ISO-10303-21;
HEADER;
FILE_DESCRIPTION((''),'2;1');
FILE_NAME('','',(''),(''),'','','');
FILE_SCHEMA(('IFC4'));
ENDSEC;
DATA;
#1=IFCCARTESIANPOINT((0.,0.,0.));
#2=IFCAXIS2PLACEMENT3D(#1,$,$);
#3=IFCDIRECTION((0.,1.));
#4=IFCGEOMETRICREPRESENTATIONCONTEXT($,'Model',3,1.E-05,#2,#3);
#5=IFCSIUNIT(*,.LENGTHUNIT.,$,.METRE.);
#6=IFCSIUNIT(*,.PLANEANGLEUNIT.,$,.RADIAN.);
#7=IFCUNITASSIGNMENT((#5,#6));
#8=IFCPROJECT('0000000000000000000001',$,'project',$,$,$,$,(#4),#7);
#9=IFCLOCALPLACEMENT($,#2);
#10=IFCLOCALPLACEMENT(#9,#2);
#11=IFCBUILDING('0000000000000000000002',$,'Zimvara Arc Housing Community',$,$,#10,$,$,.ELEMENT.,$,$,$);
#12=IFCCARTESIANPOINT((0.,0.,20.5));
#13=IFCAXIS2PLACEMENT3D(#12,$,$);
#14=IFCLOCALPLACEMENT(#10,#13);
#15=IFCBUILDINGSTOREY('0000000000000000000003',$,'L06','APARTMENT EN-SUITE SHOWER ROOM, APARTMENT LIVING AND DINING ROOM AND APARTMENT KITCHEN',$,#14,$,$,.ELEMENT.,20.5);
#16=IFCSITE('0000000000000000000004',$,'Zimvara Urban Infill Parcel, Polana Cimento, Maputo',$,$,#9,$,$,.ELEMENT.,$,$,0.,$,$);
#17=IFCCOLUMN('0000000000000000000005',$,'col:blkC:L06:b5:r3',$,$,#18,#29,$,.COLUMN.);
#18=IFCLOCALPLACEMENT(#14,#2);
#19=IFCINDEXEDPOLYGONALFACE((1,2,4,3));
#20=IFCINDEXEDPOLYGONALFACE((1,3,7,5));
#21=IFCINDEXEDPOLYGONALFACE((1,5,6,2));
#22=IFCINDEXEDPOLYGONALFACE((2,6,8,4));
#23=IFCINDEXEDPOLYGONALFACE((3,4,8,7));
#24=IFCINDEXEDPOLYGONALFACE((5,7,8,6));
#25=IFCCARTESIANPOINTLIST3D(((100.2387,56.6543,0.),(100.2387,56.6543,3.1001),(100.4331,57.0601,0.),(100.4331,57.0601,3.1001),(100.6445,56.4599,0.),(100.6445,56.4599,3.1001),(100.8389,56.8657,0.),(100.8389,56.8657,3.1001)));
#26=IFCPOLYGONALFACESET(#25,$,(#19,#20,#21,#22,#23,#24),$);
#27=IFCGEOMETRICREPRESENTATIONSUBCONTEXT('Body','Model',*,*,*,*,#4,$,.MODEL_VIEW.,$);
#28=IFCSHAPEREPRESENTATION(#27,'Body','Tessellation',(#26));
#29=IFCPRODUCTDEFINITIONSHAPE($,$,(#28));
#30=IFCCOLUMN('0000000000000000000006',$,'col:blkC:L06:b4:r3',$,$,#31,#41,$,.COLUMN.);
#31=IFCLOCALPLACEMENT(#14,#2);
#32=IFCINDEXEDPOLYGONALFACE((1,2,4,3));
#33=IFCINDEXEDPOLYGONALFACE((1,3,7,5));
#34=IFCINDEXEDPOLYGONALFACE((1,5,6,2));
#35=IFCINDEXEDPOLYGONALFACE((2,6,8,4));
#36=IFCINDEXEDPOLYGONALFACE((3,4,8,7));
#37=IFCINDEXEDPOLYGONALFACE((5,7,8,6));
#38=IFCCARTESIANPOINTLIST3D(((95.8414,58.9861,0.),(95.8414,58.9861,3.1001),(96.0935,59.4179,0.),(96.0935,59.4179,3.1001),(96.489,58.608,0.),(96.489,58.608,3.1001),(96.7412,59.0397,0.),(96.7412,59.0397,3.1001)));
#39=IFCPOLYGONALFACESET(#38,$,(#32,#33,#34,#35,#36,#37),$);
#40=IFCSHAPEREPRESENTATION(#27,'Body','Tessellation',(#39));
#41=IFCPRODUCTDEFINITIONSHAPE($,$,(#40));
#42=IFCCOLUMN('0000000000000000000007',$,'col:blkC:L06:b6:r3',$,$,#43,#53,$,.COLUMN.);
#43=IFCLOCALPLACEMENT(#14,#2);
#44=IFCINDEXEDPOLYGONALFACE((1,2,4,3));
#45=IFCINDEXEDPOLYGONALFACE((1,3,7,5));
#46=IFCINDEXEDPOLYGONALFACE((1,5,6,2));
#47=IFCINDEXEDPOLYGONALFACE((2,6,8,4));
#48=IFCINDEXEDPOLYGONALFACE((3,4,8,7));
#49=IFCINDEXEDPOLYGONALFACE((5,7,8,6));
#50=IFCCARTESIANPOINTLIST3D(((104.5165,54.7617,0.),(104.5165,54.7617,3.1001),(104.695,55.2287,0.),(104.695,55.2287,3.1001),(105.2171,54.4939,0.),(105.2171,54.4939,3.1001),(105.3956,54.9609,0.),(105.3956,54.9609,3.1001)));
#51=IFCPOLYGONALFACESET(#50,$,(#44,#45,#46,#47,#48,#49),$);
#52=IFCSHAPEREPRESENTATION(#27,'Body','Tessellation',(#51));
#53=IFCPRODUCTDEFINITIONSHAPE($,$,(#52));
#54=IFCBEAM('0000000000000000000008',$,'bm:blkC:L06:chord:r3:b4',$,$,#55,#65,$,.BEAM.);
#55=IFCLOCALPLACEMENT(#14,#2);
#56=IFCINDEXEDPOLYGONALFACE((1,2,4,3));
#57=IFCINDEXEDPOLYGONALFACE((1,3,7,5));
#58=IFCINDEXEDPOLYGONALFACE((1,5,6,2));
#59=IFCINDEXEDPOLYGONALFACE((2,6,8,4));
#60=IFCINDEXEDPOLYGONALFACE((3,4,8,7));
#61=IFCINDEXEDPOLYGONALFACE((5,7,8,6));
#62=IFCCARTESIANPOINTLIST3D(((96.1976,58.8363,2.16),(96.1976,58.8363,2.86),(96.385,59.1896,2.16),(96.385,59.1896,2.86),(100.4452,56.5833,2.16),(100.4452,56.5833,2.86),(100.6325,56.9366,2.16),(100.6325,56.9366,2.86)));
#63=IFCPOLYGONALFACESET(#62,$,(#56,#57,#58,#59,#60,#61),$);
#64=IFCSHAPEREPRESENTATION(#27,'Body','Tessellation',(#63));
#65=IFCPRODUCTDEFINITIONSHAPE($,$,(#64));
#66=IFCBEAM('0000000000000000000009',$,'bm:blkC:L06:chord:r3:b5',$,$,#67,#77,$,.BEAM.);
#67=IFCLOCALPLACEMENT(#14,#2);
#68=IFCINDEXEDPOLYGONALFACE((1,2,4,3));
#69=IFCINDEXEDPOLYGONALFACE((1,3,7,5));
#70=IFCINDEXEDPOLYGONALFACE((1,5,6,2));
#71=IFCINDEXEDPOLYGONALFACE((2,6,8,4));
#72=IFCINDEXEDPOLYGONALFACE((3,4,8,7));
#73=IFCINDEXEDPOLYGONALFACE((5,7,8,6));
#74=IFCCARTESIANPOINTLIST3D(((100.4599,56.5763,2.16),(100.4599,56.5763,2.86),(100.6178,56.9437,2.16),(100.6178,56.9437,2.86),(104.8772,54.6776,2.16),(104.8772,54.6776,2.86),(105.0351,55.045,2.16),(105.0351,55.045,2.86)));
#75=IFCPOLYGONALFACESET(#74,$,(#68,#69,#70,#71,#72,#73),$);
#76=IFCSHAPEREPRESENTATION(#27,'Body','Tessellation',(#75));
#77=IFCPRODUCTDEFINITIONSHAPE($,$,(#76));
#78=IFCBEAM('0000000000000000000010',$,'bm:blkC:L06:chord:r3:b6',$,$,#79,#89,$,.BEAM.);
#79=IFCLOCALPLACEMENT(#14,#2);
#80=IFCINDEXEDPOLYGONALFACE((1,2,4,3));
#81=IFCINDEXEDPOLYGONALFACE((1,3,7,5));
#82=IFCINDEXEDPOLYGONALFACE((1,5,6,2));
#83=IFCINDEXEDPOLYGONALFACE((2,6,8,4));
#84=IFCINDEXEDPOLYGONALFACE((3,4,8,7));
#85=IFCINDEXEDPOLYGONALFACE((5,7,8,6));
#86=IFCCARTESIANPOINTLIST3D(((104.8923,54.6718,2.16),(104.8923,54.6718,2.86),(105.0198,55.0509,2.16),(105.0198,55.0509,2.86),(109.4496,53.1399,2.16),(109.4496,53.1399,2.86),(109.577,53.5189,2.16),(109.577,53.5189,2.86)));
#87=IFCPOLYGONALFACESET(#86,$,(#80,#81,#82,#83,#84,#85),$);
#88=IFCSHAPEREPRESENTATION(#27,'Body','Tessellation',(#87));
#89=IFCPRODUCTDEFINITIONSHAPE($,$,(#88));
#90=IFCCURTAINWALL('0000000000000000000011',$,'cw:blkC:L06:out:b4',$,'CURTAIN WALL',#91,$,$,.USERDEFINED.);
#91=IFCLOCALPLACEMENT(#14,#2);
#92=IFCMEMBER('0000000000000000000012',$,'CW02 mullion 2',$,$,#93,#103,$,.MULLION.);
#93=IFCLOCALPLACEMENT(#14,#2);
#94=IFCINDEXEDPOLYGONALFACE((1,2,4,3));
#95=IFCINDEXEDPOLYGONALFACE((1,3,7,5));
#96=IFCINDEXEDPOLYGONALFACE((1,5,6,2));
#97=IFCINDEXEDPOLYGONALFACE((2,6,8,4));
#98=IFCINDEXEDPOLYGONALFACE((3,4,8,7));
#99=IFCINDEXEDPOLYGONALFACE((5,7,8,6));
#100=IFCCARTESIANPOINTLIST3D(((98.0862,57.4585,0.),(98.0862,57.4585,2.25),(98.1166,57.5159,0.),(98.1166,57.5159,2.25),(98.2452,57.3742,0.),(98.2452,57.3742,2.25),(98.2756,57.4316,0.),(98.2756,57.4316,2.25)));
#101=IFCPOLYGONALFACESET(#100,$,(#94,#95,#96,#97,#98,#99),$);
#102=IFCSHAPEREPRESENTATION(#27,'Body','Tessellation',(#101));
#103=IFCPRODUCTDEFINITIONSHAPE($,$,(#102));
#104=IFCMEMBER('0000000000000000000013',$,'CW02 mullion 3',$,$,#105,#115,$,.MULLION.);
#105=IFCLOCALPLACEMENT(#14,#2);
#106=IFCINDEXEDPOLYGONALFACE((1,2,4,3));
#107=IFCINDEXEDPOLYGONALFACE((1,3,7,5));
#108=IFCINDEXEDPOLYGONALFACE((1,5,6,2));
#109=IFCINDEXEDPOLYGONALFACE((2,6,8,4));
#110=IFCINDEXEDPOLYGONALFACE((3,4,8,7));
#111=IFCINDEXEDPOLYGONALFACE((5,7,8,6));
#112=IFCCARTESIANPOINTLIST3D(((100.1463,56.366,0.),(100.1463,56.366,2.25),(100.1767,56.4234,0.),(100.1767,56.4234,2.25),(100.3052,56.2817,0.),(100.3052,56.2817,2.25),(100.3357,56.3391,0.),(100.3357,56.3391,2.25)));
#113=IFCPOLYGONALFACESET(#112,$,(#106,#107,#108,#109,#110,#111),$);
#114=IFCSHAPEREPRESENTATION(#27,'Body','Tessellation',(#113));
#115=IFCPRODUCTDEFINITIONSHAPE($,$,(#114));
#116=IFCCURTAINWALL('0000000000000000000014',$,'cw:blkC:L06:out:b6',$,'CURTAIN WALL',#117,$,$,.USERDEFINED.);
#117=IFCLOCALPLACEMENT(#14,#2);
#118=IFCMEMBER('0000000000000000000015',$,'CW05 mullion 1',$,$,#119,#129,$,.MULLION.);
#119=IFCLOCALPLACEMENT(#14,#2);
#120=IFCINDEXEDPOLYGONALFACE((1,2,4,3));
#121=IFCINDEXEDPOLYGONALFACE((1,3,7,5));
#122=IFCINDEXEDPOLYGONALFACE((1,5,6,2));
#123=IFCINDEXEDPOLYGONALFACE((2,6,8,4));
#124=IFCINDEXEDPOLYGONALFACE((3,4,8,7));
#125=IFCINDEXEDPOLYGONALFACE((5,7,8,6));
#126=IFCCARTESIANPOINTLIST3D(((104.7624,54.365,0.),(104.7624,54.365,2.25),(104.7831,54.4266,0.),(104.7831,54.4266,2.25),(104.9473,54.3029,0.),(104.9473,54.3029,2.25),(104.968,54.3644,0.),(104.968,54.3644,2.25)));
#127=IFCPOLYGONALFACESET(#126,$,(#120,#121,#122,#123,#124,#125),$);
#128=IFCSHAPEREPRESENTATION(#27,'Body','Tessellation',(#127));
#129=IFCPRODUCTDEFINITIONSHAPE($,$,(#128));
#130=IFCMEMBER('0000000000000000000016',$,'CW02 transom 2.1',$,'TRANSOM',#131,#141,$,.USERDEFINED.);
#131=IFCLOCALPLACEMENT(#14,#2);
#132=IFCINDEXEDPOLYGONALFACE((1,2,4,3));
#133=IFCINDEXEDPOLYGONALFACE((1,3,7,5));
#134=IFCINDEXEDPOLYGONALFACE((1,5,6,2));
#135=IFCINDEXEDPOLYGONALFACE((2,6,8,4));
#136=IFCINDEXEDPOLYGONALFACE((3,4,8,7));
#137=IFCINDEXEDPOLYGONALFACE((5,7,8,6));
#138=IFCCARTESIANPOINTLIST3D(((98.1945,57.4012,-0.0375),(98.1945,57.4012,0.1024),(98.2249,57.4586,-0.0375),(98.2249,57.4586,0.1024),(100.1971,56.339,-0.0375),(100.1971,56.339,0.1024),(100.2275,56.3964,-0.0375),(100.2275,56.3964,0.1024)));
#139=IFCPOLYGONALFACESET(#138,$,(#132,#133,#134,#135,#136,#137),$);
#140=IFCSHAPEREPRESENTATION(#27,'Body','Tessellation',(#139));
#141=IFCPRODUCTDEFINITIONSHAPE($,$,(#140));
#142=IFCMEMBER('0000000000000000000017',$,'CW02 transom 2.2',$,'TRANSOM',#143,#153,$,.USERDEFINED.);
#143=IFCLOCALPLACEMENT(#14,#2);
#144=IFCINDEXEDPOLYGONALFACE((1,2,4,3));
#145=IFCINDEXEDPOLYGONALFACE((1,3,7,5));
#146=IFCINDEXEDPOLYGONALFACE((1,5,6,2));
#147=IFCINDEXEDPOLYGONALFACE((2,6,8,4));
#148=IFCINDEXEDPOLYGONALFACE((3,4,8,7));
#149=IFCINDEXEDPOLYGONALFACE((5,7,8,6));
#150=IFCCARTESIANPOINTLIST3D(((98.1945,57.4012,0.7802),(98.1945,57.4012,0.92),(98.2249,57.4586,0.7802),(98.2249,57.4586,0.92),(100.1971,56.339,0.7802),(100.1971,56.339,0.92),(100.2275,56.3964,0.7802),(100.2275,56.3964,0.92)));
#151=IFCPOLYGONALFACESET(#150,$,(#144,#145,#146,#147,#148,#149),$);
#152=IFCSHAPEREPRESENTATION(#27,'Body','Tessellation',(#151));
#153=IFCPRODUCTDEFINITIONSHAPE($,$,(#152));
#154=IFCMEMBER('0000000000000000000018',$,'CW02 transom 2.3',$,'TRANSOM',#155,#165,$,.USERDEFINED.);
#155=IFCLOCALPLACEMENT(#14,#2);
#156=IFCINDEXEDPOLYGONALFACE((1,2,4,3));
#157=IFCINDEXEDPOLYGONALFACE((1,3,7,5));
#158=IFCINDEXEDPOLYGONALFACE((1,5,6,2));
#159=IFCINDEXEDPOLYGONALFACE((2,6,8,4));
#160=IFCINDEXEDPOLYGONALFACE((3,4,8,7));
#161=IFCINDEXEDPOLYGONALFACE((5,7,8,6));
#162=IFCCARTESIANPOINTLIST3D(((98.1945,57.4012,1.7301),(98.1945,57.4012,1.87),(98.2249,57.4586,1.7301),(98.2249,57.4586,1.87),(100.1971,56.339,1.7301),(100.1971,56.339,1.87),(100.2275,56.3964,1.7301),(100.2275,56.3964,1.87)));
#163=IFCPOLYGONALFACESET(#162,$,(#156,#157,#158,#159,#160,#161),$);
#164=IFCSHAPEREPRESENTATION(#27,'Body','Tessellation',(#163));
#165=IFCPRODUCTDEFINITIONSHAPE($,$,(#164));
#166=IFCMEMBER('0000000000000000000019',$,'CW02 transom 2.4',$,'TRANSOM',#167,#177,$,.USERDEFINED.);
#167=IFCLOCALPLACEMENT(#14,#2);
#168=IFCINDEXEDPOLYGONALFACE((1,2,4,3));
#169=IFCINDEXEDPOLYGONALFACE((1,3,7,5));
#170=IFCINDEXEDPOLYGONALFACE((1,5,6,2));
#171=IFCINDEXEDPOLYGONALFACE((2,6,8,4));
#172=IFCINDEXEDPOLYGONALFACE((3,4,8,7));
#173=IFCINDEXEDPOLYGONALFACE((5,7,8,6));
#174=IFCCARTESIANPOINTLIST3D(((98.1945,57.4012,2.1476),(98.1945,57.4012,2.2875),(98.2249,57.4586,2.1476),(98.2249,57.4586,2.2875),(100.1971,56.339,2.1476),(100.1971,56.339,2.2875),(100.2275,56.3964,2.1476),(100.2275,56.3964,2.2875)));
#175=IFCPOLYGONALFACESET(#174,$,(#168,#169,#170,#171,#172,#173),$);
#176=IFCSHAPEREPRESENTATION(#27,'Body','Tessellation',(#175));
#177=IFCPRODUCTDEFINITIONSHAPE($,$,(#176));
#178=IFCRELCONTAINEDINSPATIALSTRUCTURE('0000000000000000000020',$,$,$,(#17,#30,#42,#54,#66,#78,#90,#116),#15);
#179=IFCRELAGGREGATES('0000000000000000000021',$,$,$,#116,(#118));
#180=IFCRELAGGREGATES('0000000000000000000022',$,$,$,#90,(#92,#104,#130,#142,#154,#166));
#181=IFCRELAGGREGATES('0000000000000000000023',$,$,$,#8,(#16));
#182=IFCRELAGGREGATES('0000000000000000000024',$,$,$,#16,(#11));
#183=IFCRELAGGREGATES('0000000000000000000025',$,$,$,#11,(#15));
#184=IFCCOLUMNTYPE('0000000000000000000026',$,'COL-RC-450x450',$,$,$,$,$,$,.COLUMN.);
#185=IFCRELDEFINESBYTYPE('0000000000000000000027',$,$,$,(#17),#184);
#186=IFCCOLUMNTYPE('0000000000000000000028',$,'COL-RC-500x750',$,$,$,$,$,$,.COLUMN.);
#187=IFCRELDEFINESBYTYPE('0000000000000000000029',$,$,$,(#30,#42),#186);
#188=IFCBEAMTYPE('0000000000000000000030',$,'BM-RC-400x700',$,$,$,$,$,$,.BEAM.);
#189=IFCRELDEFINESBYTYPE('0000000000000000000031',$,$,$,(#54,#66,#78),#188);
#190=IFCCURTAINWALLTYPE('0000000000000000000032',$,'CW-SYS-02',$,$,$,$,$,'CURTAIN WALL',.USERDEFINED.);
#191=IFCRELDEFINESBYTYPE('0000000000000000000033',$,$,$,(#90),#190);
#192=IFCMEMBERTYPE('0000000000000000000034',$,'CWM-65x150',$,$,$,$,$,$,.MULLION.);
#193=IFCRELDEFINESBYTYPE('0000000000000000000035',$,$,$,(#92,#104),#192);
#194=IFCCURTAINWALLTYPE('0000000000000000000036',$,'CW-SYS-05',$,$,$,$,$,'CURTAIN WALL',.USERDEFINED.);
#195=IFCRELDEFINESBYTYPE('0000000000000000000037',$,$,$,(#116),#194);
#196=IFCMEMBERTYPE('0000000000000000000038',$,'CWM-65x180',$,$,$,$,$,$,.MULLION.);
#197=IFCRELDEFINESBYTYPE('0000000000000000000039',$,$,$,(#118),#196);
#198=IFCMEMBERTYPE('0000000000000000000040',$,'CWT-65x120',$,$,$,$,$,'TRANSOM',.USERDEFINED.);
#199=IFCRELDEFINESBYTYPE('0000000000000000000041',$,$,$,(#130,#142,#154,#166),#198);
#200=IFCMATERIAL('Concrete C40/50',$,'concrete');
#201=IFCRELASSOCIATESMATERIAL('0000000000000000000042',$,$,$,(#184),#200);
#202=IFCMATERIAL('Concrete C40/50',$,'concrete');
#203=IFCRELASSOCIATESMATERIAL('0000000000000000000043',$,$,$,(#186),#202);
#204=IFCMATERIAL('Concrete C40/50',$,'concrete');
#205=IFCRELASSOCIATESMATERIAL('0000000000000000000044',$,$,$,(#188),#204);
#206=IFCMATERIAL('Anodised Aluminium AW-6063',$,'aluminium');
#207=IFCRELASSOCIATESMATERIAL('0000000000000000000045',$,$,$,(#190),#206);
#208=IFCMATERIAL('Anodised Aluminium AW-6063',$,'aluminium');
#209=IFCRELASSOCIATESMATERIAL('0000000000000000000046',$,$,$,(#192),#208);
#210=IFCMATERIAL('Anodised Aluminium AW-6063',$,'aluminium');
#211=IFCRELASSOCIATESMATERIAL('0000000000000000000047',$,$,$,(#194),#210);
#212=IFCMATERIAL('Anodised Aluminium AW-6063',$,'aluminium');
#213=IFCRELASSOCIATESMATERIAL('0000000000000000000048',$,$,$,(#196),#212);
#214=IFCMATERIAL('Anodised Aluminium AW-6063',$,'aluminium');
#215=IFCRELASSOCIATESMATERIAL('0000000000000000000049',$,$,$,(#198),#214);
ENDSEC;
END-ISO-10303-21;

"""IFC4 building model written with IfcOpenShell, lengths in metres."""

from ifc_helpers import new_model, si_unit, direction, frame, origin, origin_2d, place, context, subcontext, project, spatial, rectangle, extrude, material, material_profile, profile_set, type_object, element, aggregate, save


model = new_model("IFC4")

# Units and contexts
model_context = context("Model", 3, precision=1e-05, world=origin(), true_north=direction((0.0, 1.0)))
body_context = subcontext(model_context, "Body", "Model", "MODEL_VIEW")
ifc_project = project(units=[si_unit("LENGTHUNIT", "METRE"), si_unit("PLANEANGLEUNIT", "RADIAN")], contexts=[model_context])

# Site, building, storey
site_placement = place(None, origin())
site = spatial("IfcSite", under=ifc_project, at=site_placement, Name="Zimvara Urban Infill Parcel, Polana Cimento, Maputo", CompositionType="ELEMENT", RefElevation=0.0)
building_placement = place(site_placement, origin())
building = spatial("IfcBuilding", under=site, at=building_placement, Name="Zimvara Arc Housing Community", CompositionType="ELEMENT")
storey_placement = place(building_placement, frame((0.0, 0.0, 20.5)))
storey = spatial("IfcBuildingStorey", under=building, at=storey_placement, Name="L06", Description="APARTMENT EN-SUITE SHOWER ROOM, APARTMENT LIVING AND DINING ROOM AND APARTMENT KITCHEN", CompositionType="ELEMENT", Elevation=20.5)

# Columns
ifc_material_1 = material(Name="Concrete C40/50", Category="concrete")
ifc_material_profile_1 = material_profile(ifc_material_1, rectangle(XDim=0.45, YDim=0.45, at=origin_2d()), Name="RC 450x450")
ifc_profile_set_1 = profile_set([ifc_material_profile_1], Name="Concrete C40/50")
column_type_1 = type_object("IfcColumnType", Name="COL-RC-450x450", PredefinedType="COLUMN", material=ifc_profile_set_1)
column_placement = place(storey_placement, frame((100.5388, 56.76, 0.0), z_axis=(0.0, 0.0, 1.0), x_axis=(-0.432086, -0.901833, 0.0)))
element("IfcColumn", 1, at=column_placement, inside=storey, type_object=column_type_1, Name="col:blkC:L06:b5:r3", PredefinedType="COLUMN", context=body_context, shape_type="SweptSolid", body=[
    extrude(rectangle(XDim=0.45, YDim=0.45, at=origin_2d()), origin(), (0.0, 0.0, 1.0), 3.1001),
])
ifc_material_2 = material(Name="Concrete C40/50", Category="concrete")
ifc_material_profile_2 = material_profile(ifc_material_2, rectangle(XDim=0.5, YDim=0.75, at=origin_2d()), Name="RC 500x750")
ifc_profile_set_2 = profile_set([ifc_material_profile_2], Name="Concrete C40/50")
column_type_2 = type_object("IfcColumnType", Name="COL-RC-500x750", PredefinedType="COLUMN", material=ifc_profile_set_2)
for number, where, z_axis, x_axis, name in (
    (2, (96.2913, 59.0129, 0.0), (0.0, 0.0, 1.0), (-0.504226, -0.863572, 0.0), "col:blkC:L06:b4:r3"),
    (3, (104.9561, 54.8613, 0.0), (0.0, 0.0, 1.0), (-0.357064, -0.93408, 0.0), "col:blkC:L06:b6:r3"),
):
    element("IfcColumn", number, at=place(storey_placement, frame(where, z_axis=z_axis, x_axis=x_axis)), inside=storey, type_object=column_type_2, Name=name, PredefinedType="COLUMN", context=body_context, shape_type="SweptSolid", body=[
        extrude(rectangle(XDim=0.5, YDim=0.75, at=origin_2d()), origin(), (0.0, 0.0, 1.0), 3.1001),
    ])

# Beams
ifc_material_3 = material(Name="Concrete C40/50", Category="concrete")
ifc_material_profile_3 = material_profile(ifc_material_3, rectangle(XDim=0.3999, YDim=0.7, at=origin_2d()), Name="RC 400x700")
ifc_profile_set_3 = profile_set([ifc_material_profile_3], Name="Concrete C40/50")
beam_type = type_object("IfcBeamType", Name="BM-RC-400x700", PredefinedType="BEAM", material=ifc_profile_set_3)
for number, where, z_axis, x_axis, name in (
    (4, (96.2913, 59.0129, 2.51), (0.883425, -0.468573, 0.0), (0.468573, 0.883425, 0.0), "bm:blkC:L06:chord:r3:b4"),
    (5, (100.5388, 56.76, 2.51), (0.918724, -0.3949, 0.0), (0.3949, 0.918724, 0.0), "bm:blkC:L06:chord:r3:b5"),
):
    element("IfcBeam", number, at=place(storey_placement, frame(where, z_axis=z_axis, x_axis=x_axis)), inside=storey, type_object=beam_type, Name=name, PredefinedType="BEAM", context=body_context, shape_type="SweptSolid", body=[
        extrude(rectangle(XDim=0.3999, YDim=0.7, at=origin_2d()), origin(), (0.0, 0.0, 1.0), 4.8081),
    ])
beam_placement = place(storey_placement, frame((104.9561, 54.8613, 2.51), z_axis=(0.947878, -0.318634, 0.0), x_axis=(0.318634, 0.947878, 0.0)))
element("IfcBeam", 6, at=beam_placement, inside=storey, type_object=beam_type, Name="bm:blkC:L06:chord:r3:b6", PredefinedType="BEAM", context=body_context, shape_type="SweptSolid", body=[
    extrude(rectangle(XDim=0.3999, YDim=0.7, at=origin_2d()), origin(), (0.0, 0.0, 1.0), 4.8079),
])

# Curtain wall, members
ifc_material_4 = material(Name="Anodised Aluminium AW-6063", Category="aluminium")
curtain_wall_type_1 = type_object("IfcCurtainWallType", Name="CW-SYS-02", ElementType="CURTAIN WALL", PredefinedType="USERDEFINED", material=ifc_material_4)
curtain_wall_1_placement = place(storey_placement, origin())
curtain_wall_1 = element("IfcCurtainWall", 7, at=curtain_wall_1_placement, inside=storey, type_object=curtain_wall_type_1, Name="cw:blkC:L06:out:b4", ObjectType="CURTAIN WALL", PredefinedType="USERDEFINED")
ifc_material_5 = material(Name="Anodised Aluminium AW-6063", Category="aluminium")
ifc_material_profile_4 = material_profile(ifc_material_5, rectangle(XDim=0.0649, YDim=0.1799, at=origin_2d()), Name="ALU 65x180")
ifc_profile_set_4 = profile_set([ifc_material_profile_4], Name="Anodised Aluminium AW-6063")
member_type_1 = type_object("IfcMemberType", Name="CWM-65x150", PredefinedType="MULLION", material=ifc_profile_set_4)
member_1_placement = place(storey_placement, frame((98.1809, 57.4451, 0.0), z_axis=(0.0, 0.0, 1.0), x_axis=(0.468547, 0.883439, 0.0)))
member_1 = element("IfcMember", 8, at=member_1_placement, type_object=member_type_1, Name="CW02 mullion 2", PredefinedType="MULLION", context=body_context, shape_type="SweptSolid", body=[
    extrude(rectangle(XDim=0.0649, YDim=0.1799, at=origin_2d()), origin(), (0.0, 0.0, 1.0), 2.25),
])
member_2_placement = place(storey_placement, frame((100.241, 56.3525, 0.0), z_axis=(0.0, 0.0, 1.0), x_axis=(0.468547, 0.883439, 0.0)))
member_2 = element("IfcMember", 9, at=member_2_placement, type_object=member_type_1, Name="CW02 mullion 3", PredefinedType="MULLION", context=body_context, shape_type="SweptSolid", body=[
    extrude(rectangle(XDim=0.0649, YDim=0.1799, at=origin_2d()), origin(), (0.0, 0.0, 1.0), 2.25),
])

# Curtain wall, member
ifc_material_6 = material(Name="Anodised Aluminium AW-6063", Category="aluminium")
curtain_wall_type_2 = type_object("IfcCurtainWallType", Name="CW-SYS-05", ElementType="CURTAIN WALL", PredefinedType="USERDEFINED", material=ifc_material_6)
curtain_wall_2_placement = place(storey_placement, origin())
curtain_wall_2 = element("IfcCurtainWall", 10, at=curtain_wall_2_placement, inside=storey, type_object=curtain_wall_type_2, Name="cw:blkC:L06:out:b6", ObjectType="CURTAIN WALL", PredefinedType="USERDEFINED")
ifc_material_7 = material(Name="Anodised Aluminium AW-6063", Category="aluminium")
ifc_material_profile_5 = material_profile(ifc_material_7, rectangle(XDim=0.0649, YDim=0.1951, at=origin_2d()), Name="ALU 65x195")
ifc_profile_set_5 = profile_set([ifc_material_profile_5], Name="Anodised Aluminium AW-6063")
member_type_2 = type_object("IfcMemberType", Name="CWM-65x180", PredefinedType="MULLION", material=ifc_profile_set_5)
member_3_placement = place(storey_placement, frame((104.8652, 54.3647, 0.0), z_axis=(0.0, 0.0, 1.0), x_axis=(0.318629, 0.94788, 0.0)))
member_3 = element("IfcMember", 11, at=member_3_placement, type_object=member_type_2, Name="CW05 mullion 1", PredefinedType="MULLION", context=body_context, shape_type="SweptSolid", body=[
    extrude(rectangle(XDim=0.0649, YDim=0.1951, at=origin_2d()), origin(), (0.0, 0.0, 1.0), 2.25),
])

# Members
ifc_material_8 = material(Name="Anodised Aluminium AW-6063", Category="aluminium")
ifc_material_profile_6 = material_profile(ifc_material_8, rectangle(XDim=0.0649, YDim=0.1399, at=origin_2d()), Name="ALU 65x140")
ifc_profile_set_6 = profile_set([ifc_material_profile_6], Name="Anodised Aluminium AW-6063")
member_type_3 = type_object("IfcMemberType", Name="CWT-65x120", ElementType="TRANSOM", PredefinedType="USERDEFINED", material=ifc_profile_set_6)
member_4_placement = place(storey_placement, frame((98.2097, 57.4299, 0.0325), z_axis=(0.883421, -0.46858, 0.0), x_axis=(0.46858, 0.883421, 0.0)))
member_4 = element("IfcMember", 12, at=member_4_placement, type_object=member_type_3, Name="CW02 transom 2.1", ObjectType="TRANSOM", PredefinedType="USERDEFINED", context=body_context, shape_type="SweptSolid", body=[
    extrude(rectangle(XDim=0.0649, YDim=0.1399, at=origin_2d()), origin(), (0.0, 0.0, 1.0), 2.2668),
])
member_5_placement = place(storey_placement, frame((98.2097, 57.4299, 0.8501), z_axis=(0.883421, -0.46858, 0.0), x_axis=(0.46858, 0.883421, 0.0)))
member_5 = element("IfcMember", 13, at=member_5_placement, type_object=member_type_3, Name="CW02 transom 2.2", ObjectType="TRANSOM", PredefinedType="USERDEFINED", context=body_context, shape_type="SweptSolid", body=[
    extrude(rectangle(XDim=0.0649, YDim=0.1399, at=origin_2d()), origin(), (0.0, 0.0, 1.0), 2.2668),
])
member_6_placement = place(storey_placement, frame((98.2097, 57.4299, 1.8), z_axis=(0.883421, -0.46858, 0.0), x_axis=(0.46858, 0.883421, 0.0)))
member_6 = element("IfcMember", 14, at=member_6_placement, type_object=member_type_3, Name="CW02 transom 2.3", ObjectType="TRANSOM", PredefinedType="USERDEFINED", context=body_context, shape_type="SweptSolid", body=[
    extrude(rectangle(XDim=0.0649, YDim=0.1399, at=origin_2d()), origin(), (0.0, 0.0, 1.0), 2.2668),
])
member_7_placement = place(storey_placement, frame((98.2097, 57.4299, 2.2175), z_axis=(0.883421, -0.46858, 0.0), x_axis=(0.46858, 0.883421, 0.0)))
member_7 = element("IfcMember", 15, at=member_7_placement, type_object=member_type_3, Name="CW02 transom 2.4", ObjectType="TRANSOM", PredefinedType="USERDEFINED", context=body_context, shape_type="SweptSolid", body=[
    extrude(rectangle(XDim=0.0649, YDim=0.1399, at=origin_2d()), origin(), (0.0, 0.0, 1.0), 2.2668),
])

aggregate(curtain_wall_2, [member_3])
aggregate(curtain_wall_1, [member_1, member_2, member_4, member_5, member_6, member_7])

save(model, "model.ifc")
